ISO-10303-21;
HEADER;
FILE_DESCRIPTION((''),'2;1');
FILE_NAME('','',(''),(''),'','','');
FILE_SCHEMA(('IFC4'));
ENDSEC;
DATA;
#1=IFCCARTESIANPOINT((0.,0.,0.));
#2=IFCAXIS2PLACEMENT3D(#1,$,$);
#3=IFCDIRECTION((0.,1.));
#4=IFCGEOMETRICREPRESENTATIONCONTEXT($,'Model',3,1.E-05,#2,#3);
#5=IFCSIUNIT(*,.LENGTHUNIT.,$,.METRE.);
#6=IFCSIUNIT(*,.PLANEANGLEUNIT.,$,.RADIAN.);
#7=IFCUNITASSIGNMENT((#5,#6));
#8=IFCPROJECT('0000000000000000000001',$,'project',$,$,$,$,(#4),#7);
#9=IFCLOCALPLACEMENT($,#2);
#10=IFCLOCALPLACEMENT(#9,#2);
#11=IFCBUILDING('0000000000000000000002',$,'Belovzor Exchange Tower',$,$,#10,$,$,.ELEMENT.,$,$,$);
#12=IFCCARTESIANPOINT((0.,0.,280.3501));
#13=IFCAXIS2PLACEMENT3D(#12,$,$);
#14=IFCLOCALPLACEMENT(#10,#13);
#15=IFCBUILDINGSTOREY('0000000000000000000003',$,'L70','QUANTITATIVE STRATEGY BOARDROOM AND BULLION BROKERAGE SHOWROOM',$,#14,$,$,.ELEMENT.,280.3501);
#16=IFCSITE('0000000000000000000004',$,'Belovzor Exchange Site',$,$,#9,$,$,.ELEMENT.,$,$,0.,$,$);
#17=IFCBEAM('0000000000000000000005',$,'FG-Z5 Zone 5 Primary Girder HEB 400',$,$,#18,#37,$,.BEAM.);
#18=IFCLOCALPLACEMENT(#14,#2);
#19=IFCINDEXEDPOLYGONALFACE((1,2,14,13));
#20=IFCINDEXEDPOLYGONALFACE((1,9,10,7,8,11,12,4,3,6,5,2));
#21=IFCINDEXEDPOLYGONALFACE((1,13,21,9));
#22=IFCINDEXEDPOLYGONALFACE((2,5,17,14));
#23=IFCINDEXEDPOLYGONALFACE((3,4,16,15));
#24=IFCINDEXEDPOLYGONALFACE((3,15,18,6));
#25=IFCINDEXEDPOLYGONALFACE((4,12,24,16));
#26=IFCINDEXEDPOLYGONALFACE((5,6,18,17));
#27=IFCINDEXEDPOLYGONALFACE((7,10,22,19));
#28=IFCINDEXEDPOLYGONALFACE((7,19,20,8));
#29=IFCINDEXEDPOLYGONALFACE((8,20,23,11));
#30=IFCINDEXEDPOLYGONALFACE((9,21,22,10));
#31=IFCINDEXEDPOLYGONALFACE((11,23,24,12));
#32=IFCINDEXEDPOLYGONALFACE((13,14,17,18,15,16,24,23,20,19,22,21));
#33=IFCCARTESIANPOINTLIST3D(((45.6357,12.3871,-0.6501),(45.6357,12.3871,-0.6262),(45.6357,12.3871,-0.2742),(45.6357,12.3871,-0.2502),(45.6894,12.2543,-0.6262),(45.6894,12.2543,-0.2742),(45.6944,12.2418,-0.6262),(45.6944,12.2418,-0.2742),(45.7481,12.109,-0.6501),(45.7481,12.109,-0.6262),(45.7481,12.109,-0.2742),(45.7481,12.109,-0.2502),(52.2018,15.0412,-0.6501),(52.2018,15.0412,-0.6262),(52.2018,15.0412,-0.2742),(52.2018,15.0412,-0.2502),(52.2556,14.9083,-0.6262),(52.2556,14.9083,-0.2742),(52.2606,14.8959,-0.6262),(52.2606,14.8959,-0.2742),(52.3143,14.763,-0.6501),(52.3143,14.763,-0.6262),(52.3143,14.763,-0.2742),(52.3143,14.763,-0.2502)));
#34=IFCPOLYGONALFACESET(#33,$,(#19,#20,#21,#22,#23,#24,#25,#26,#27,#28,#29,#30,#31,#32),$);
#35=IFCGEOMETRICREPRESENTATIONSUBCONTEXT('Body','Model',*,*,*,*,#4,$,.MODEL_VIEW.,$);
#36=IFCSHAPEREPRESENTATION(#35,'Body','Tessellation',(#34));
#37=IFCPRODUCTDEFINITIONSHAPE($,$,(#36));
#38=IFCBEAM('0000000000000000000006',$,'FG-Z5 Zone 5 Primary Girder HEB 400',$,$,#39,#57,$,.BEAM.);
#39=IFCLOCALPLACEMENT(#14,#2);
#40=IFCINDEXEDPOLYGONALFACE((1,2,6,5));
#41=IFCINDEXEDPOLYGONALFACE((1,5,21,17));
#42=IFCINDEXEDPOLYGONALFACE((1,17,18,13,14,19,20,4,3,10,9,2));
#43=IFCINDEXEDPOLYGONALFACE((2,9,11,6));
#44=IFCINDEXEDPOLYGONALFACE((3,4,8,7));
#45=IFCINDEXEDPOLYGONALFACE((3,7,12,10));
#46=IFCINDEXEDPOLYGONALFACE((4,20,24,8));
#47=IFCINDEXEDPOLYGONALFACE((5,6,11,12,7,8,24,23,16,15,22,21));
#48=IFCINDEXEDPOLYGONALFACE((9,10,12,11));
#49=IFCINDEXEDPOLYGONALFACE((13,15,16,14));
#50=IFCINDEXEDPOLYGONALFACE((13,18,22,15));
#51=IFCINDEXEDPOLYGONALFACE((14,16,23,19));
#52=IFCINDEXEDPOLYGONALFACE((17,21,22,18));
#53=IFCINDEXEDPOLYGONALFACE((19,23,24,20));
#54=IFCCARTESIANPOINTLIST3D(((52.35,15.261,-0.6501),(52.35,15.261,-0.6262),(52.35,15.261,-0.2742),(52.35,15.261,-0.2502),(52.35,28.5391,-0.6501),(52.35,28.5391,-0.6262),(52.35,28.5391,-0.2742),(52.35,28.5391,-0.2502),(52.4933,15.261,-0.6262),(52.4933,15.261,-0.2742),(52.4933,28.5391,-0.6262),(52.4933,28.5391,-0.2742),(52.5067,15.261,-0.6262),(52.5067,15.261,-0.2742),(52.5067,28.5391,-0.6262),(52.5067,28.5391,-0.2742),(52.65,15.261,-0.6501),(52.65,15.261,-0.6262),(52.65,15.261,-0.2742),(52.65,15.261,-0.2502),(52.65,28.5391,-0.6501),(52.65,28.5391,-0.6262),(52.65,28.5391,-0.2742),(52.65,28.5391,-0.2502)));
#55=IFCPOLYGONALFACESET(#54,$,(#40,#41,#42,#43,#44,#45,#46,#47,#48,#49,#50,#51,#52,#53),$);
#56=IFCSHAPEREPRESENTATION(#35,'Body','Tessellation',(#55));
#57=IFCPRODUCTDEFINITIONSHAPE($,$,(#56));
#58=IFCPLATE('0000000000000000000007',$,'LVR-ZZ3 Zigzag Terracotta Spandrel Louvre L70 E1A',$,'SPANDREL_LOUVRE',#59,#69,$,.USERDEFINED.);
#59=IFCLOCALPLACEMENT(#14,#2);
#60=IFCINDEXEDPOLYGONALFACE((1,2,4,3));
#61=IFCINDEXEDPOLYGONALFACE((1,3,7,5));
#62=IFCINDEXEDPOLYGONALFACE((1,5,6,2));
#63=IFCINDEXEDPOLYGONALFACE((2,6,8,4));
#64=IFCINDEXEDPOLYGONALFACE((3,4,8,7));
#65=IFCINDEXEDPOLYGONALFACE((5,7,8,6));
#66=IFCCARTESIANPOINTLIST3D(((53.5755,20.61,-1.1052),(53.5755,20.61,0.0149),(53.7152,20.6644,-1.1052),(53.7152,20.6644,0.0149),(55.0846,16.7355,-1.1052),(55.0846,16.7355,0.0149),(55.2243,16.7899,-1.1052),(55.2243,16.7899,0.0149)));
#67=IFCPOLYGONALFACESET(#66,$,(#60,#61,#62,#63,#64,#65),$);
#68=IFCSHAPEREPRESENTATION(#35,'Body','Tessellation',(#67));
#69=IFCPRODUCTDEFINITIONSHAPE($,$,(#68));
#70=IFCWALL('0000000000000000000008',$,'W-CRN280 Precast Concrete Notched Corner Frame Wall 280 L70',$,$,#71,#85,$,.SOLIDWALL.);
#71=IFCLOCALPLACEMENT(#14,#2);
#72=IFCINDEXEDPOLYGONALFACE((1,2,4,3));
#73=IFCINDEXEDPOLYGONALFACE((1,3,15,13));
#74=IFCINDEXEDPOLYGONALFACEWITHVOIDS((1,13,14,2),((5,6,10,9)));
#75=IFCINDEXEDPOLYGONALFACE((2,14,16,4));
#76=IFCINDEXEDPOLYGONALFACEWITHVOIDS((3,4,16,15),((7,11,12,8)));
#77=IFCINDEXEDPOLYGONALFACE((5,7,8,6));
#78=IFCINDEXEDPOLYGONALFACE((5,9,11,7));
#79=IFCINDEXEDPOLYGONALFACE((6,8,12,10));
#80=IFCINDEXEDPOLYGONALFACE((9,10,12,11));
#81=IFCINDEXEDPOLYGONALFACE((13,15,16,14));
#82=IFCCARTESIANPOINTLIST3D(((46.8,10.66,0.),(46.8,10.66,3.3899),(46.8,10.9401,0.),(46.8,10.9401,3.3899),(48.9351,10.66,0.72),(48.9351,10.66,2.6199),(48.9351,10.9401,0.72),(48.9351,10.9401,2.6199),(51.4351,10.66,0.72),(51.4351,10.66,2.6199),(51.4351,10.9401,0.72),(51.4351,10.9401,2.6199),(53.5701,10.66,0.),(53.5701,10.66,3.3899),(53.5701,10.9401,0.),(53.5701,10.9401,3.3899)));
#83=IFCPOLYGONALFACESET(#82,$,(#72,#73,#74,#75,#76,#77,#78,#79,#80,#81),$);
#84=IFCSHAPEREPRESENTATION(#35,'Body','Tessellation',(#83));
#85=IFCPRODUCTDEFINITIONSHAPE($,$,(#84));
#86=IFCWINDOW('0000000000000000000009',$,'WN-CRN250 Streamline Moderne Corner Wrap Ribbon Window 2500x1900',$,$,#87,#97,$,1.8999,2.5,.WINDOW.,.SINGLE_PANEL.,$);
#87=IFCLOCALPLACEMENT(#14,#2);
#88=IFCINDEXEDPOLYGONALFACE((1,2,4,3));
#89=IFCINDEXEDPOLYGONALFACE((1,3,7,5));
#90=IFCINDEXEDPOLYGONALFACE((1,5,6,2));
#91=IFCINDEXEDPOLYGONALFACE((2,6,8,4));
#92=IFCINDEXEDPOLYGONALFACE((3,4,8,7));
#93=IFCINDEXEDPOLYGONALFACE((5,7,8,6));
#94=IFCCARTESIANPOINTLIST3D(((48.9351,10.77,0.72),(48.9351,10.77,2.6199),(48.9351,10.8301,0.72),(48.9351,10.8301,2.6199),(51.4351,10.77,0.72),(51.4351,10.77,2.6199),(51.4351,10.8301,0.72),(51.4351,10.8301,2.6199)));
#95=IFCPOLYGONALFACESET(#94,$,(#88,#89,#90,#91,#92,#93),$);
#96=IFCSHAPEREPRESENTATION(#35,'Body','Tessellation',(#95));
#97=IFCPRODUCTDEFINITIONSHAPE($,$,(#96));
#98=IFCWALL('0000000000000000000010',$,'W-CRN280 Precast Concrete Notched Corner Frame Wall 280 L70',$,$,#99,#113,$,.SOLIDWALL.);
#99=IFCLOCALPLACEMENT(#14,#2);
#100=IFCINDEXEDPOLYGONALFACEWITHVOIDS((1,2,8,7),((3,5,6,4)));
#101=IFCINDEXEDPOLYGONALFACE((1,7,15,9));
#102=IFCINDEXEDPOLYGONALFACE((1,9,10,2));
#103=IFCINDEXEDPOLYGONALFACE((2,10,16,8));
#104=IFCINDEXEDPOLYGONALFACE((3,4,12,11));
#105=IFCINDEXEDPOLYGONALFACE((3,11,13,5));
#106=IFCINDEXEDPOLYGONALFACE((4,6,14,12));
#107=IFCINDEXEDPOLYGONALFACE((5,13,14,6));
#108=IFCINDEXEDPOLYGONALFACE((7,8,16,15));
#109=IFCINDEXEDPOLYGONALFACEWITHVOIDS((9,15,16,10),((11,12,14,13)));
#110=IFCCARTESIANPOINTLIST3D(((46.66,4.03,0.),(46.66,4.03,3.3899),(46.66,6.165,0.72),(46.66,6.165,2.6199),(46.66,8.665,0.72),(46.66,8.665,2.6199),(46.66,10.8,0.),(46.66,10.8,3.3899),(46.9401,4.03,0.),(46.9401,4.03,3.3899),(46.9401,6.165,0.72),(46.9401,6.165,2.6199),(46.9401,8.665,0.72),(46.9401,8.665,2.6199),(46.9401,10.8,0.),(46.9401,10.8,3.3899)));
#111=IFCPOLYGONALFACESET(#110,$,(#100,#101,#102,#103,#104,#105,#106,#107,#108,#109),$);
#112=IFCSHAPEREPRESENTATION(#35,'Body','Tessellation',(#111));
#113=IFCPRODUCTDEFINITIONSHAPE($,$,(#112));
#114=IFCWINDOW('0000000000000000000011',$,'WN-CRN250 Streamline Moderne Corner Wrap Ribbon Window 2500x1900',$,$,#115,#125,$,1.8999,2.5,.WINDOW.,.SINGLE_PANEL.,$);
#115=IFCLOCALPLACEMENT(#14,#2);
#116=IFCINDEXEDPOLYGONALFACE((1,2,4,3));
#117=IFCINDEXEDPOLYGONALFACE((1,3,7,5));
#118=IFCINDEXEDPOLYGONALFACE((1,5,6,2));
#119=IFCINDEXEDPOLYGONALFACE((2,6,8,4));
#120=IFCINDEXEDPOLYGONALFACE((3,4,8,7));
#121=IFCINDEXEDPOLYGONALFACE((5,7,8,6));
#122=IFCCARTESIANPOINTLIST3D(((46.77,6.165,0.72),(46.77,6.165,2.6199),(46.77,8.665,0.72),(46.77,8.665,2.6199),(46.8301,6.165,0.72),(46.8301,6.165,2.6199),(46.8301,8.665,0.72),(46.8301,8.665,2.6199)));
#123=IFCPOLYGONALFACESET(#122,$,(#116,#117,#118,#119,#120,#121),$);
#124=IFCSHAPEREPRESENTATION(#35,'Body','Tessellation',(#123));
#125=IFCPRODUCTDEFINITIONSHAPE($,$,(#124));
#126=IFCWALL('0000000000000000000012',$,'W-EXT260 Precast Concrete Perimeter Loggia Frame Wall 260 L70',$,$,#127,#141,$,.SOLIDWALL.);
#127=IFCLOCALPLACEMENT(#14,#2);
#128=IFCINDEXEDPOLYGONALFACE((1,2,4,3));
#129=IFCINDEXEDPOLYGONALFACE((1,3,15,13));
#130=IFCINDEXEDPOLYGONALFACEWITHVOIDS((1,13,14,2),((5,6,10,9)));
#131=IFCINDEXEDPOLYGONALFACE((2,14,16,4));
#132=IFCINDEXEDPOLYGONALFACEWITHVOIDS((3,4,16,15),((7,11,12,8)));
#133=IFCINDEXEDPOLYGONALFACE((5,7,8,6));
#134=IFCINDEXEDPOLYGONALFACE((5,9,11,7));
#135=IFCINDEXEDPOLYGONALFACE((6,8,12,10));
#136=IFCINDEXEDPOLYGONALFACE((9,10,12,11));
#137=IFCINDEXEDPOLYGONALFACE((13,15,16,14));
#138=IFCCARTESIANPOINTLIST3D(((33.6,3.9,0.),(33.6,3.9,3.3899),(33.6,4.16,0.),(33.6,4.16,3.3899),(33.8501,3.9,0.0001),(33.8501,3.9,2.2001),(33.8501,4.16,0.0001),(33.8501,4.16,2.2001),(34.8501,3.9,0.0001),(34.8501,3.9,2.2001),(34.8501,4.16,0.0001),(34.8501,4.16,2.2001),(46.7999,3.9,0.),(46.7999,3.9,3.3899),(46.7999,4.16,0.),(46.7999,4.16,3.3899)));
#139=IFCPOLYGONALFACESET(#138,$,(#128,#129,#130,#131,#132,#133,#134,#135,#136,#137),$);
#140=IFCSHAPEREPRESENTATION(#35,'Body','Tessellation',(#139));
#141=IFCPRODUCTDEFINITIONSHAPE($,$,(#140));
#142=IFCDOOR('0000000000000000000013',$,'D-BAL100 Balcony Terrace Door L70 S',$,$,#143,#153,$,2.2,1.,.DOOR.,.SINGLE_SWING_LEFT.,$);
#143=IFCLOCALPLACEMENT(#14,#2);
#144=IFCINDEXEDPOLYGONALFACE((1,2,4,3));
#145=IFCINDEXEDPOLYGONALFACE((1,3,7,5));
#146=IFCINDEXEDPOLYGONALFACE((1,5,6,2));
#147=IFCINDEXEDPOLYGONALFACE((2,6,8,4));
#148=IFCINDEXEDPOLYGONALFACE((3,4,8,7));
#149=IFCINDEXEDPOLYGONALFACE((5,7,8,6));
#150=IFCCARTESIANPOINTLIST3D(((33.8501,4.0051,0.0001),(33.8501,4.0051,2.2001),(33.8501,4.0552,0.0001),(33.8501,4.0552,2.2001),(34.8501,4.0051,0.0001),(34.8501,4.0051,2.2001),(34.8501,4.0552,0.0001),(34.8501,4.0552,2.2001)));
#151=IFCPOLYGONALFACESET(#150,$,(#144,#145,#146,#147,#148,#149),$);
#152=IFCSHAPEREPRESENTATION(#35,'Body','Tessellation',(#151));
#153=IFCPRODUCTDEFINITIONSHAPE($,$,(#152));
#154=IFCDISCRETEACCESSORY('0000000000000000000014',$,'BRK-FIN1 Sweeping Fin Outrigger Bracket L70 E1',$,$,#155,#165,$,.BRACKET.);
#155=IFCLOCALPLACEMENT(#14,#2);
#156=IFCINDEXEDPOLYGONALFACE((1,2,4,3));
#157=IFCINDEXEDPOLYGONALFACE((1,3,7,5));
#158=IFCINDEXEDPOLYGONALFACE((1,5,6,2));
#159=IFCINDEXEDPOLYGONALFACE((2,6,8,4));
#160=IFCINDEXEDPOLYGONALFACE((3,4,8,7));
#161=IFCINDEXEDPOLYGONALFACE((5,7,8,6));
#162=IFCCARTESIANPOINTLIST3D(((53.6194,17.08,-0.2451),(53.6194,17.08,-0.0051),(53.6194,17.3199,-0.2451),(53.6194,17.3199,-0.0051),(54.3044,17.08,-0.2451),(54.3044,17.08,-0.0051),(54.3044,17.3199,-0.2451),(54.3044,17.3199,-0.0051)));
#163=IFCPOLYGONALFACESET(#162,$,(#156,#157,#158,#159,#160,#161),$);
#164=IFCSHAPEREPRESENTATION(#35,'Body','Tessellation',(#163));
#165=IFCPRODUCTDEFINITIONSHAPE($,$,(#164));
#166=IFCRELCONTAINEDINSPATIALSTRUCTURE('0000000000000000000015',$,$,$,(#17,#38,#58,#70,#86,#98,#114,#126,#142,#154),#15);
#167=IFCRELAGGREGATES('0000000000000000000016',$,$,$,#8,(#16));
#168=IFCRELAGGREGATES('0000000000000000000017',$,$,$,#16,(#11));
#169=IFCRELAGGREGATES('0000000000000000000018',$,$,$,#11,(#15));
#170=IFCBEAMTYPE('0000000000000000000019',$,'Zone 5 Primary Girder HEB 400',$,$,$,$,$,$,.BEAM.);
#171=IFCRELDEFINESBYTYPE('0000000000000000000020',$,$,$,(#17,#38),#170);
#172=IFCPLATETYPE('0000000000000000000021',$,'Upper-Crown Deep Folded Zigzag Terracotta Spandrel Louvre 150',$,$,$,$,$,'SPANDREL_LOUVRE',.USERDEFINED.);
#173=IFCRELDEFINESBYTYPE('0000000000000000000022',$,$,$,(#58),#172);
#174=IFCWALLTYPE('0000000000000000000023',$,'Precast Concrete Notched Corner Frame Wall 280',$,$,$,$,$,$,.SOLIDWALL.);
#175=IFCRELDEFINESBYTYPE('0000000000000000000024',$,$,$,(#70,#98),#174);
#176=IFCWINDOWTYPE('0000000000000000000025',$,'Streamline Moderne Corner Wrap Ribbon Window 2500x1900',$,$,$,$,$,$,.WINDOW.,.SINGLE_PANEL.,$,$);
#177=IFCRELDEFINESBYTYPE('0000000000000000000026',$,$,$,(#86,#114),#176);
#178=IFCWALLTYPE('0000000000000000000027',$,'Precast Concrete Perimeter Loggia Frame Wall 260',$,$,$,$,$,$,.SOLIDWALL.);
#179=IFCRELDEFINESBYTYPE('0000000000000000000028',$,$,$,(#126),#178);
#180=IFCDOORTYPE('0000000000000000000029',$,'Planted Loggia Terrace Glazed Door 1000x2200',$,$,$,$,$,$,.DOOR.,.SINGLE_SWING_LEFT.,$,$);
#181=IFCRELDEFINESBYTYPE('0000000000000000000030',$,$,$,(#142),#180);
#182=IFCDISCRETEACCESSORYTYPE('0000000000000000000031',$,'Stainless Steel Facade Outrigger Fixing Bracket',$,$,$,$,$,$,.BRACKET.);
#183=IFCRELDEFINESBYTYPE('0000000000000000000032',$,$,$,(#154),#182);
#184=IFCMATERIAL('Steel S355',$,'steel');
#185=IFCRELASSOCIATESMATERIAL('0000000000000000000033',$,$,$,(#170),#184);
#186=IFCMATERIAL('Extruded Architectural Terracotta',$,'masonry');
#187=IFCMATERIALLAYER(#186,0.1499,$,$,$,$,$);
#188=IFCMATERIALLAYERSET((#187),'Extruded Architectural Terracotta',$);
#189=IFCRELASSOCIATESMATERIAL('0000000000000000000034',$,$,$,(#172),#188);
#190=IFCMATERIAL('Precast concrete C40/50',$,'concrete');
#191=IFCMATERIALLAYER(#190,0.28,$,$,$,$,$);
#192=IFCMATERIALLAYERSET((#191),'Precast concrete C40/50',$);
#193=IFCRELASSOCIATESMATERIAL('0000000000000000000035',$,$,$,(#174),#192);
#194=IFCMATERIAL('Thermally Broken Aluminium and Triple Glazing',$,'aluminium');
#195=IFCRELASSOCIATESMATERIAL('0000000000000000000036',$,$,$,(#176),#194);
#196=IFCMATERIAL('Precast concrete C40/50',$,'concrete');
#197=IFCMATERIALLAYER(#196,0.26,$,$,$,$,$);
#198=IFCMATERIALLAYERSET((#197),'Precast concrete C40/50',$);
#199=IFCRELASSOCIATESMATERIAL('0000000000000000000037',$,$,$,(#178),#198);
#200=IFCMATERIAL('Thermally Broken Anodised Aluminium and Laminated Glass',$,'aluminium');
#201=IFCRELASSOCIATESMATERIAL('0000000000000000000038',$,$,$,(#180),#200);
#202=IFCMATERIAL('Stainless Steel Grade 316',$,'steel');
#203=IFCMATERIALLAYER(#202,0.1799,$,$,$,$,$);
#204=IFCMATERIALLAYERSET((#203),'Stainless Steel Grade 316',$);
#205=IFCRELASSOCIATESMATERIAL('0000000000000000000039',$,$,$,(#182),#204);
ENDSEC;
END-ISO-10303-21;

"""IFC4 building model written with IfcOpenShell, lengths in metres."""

from ifc_helpers import new_model, si_unit, direction, frame, frame_2d, origin, origin_2d, place, context, subcontext, project, spatial, rectangle, i_section, extrude, material, layer, layer_set, material_profile, profile_set, type_object, element, fill, save


model = new_model("IFC4")

# Units and contexts
model_context = context("Model", 3, precision=1e-05, world=origin(), true_north=direction((0.0, 1.0)))
body_context = subcontext(model_context, "Body", "Model", "MODEL_VIEW")
ifc_project = project(units=[si_unit("LENGTHUNIT", "METRE"), si_unit("PLANEANGLEUNIT", "RADIAN")], contexts=[model_context])

# Site, building, storey
site_placement = place(None, origin())
site = spatial("IfcSite", under=ifc_project, at=site_placement, Name="Belovzor Exchange Site", CompositionType="ELEMENT", RefElevation=0.0)
building_placement = place(site_placement, origin())
building = spatial("IfcBuilding", under=site, at=building_placement, Name="Belovzor Exchange Tower", CompositionType="ELEMENT")
storey_placement = place(building_placement, frame((0.0, 0.0, 280.3501)))
storey = spatial("IfcBuildingStorey", under=building, at=storey_placement, Name="L70", Description="QUANTITATIVE STRATEGY BOARDROOM AND BULLION BROKERAGE SHOWROOM", CompositionType="ELEMENT", Elevation=280.3501)

# Beams
ifc_material_1 = material(Name="Steel S355", Category="steel")
ifc_material_profile_1 = material_profile(ifc_material_1, i_section(OverallWidth=0.3, OverallDepth=0.3999, WebThickness=0.0134, FlangeThickness=0.0239, at=origin_2d()))
ifc_profile_set_1 = profile_set([ifc_material_profile_1], Name="Steel S355")
beam_type_1 = type_object("IfcBeamType", Name="Zone 5 Primary Girder HEB 400", PredefinedType="BEAM", material=ifc_profile_set_1)
beam_1_placement = place(storey_placement, frame((45.6919, 12.248, -0.4502), z_axis=(0.927127, 0.374746, 0.0), x_axis=(-0.374746, 0.927127, 0.0)))
element("IfcBeam", 1, at=beam_1_placement, inside=storey, type_object=beam_type_1, Name="FG-Z5 Zone 5 Primary Girder HEB 400", PredefinedType="BEAM", context=body_context, shape_type="SweptSolid", body=[
    extrude(i_section(OverallWidth=0.3, OverallDepth=0.3999, WebThickness=0.0134, FlangeThickness=0.0239, at=origin_2d()), origin(), (0.0, 0.0, 1.0), 7.0823),
])
beam_2_placement = place(storey_placement, frame((52.5, 15.261, -0.4502), z_axis=(0.0, 1.0, 0.0), x_axis=(-1.0, 0.0, 0.0)))
element("IfcBeam", 2, at=beam_2_placement, inside=storey, type_object=beam_type_1, Name="FG-Z5 Zone 5 Primary Girder HEB 400", PredefinedType="BEAM", context=body_context, shape_type="SweptSolid", body=[
    extrude(i_section(OverallWidth=0.3, OverallDepth=0.3999, WebThickness=0.0134, FlangeThickness=0.0239, at=origin_2d()), origin(), (0.0, 0.0, 1.0), 13.2781),
])

# Plate
ifc_material_2 = material(Name="Extruded Architectural Terracotta", Category="masonry")
ifc_layer_1 = layer(ifc_material_2, 0.1499)
ifc_layer_set_1 = layer_set([ifc_layer_1], Name="Extruded Architectural Terracotta")
plate_type = type_object("IfcPlateType", Name="Upper-Crown Deep Folded Zigzag Terracotta Spandrel Louvre 150", ElementType="SPANDREL_LOUVRE", PredefinedType="USERDEFINED", material=ifc_layer_set_1)
plate_placement = place(storey_placement, frame((54.3999, 18.7, -1.1052), z_axis=(0.0, 0.0, 1.0), x_axis=(-0.362926, 0.931818, 0.0)))
element("IfcPlate", 3, at=plate_placement, inside=storey, type_object=plate_type, Name="LVR-ZZ3 Zigzag Terracotta Spandrel Louvre L70 E1A", ObjectType="SPANDREL_LOUVRE", PredefinedType="USERDEFINED", context=body_context, shape_type="SweptSolid", body=[
    extrude(rectangle(XDim=4.158, YDim=0.1499, at=origin_2d()), origin(), (0.0, 0.0, 1.0), 1.1201),
])

# Walls, openings, windows
ifc_material_3 = material(Name="Precast concrete C40/50", Category="concrete")
ifc_layer_2 = layer(ifc_material_3, 0.28)
ifc_layer_set_2 = layer_set([ifc_layer_2], Name="Precast concrete C40/50")
wall_type_1 = type_object("IfcWallType", Name="Precast Concrete Notched Corner Frame Wall 280", PredefinedType="SOLIDWALL", material=ifc_layer_set_2)
wall_1_placement = place(storey_placement, frame((53.5701, 10.8, 0.0), z_axis=(0.0, 0.0, 1.0), x_axis=(-1.0, 0.0, 0.0)))
wall_1 = element("IfcWall", 4, at=wall_1_placement, inside=storey, type_object=wall_type_1, Name="W-CRN280 Precast Concrete Notched Corner Frame Wall 280 L70", PredefinedType="SOLIDWALL", context=body_context, shape_type="SweptSolid", body=[
    extrude(rectangle(XDim=6.77, YDim=0.28, at=frame_2d((3.385, 0.0))), origin(), (0.0, 0.0, 1.0), 3.3899),
])
opening_1_placement = place(wall_1_placement, frame((2.135, 0.0, 0.72)))
opening_1 = element("IfcOpeningElement", 5, at=opening_1_placement, cuts=wall_1, PredefinedType="OPENING", context=body_context, shape_type="SweptSolid", body=[
    extrude(rectangle(XDim=2.5, YDim=1.8999, at=frame_2d((1.25, 0.95))), frame((0.0, 0.1499, 0.0), z_axis=(0.0, -1.0, 0.0), x_axis=(1.0, 0.0, 0.0)), (0.0, 0.0, 1.0), 0.3),
])
ifc_material_4 = material(Name="Thermally Broken Aluminium and Triple Glazing", Category="aluminium")
window_type = type_object("IfcWindowType", Name="Streamline Moderne Corner Wrap Ribbon Window 2500x1900", PartitioningType="SINGLE_PANEL", PredefinedType="WINDOW", material=ifc_material_4)
window_1_placement = place(opening_1_placement, origin())
window_1 = element("IfcWindow", 6, at=window_1_placement, inside=storey, type_object=window_type, Name="WN-CRN250 Streamline Moderne Corner Wrap Ribbon Window 2500x1900", OverallHeight=1.8999, OverallWidth=2.5, PartitioningType="SINGLE_PANEL", PredefinedType="WINDOW", context=body_context, shape_type="SweptSolid", body=[
    extrude(rectangle(XDim=2.5, YDim=1.8999, at=frame_2d((1.25, 0.95))), frame((0.0, 0.03, 0.0), z_axis=(0.0, -1.0, 0.0), x_axis=(1.0, 0.0, 0.0)), (0.0, 0.0, 1.0), 0.0601),
])
fill(opening_1, window_1)
wall_2_placement = place(storey_placement, frame((46.8, 10.8, 0.0), z_axis=(0.0, 0.0, 1.0), x_axis=(0.0, -1.0, 0.0)))
wall_2 = element("IfcWall", 7, at=wall_2_placement, inside=storey, type_object=wall_type_1, Name="W-CRN280 Precast Concrete Notched Corner Frame Wall 280 L70", PredefinedType="SOLIDWALL", context=body_context, shape_type="SweptSolid", body=[
    extrude(rectangle(XDim=6.77, YDim=0.28, at=frame_2d((3.385, 0.0))), origin(), (0.0, 0.0, 1.0), 3.3899),
])
opening_2_placement = place(wall_2_placement, frame((2.135, 0.0, 0.72)))
opening_2 = element("IfcOpeningElement", 8, at=opening_2_placement, cuts=wall_2, PredefinedType="OPENING", context=body_context, shape_type="SweptSolid", body=[
    extrude(rectangle(XDim=2.5, YDim=1.8999, at=frame_2d((1.25, 0.95))), frame((0.0, 0.1499, 0.0), z_axis=(0.0, -1.0, 0.0), x_axis=(1.0, 0.0, 0.0)), (0.0, 0.0, 1.0), 0.3),
])
window_2_placement = place(opening_2_placement, origin())
window_2 = element("IfcWindow", 9, at=window_2_placement, inside=storey, type_object=window_type, Name="WN-CRN250 Streamline Moderne Corner Wrap Ribbon Window 2500x1900", OverallHeight=1.8999, OverallWidth=2.5, PartitioningType="SINGLE_PANEL", PredefinedType="WINDOW", context=body_context, shape_type="SweptSolid", body=[
    extrude(rectangle(XDim=2.5, YDim=1.8999, at=frame_2d((1.25, 0.95))), frame((0.0, 0.03, 0.0), z_axis=(0.0, -1.0, 0.0), x_axis=(1.0, 0.0, 0.0)), (0.0, 0.0, 1.0), 0.0601),
])
fill(opening_2, window_2)

# Wall, opening, door
ifc_material_5 = material(Name="Precast concrete C40/50", Category="concrete")
ifc_layer_3 = layer(ifc_material_5, 0.26)
ifc_layer_set_3 = layer_set([ifc_layer_3], Name="Precast concrete C40/50")
wall_type_2 = type_object("IfcWallType", Name="Precast Concrete Perimeter Loggia Frame Wall 260", PredefinedType="SOLIDWALL", material=ifc_layer_set_3)
wall_3_placement = place(storey_placement, frame((46.8, 4.03, 0.0), z_axis=(0.0, 0.0, 1.0), x_axis=(-1.0, 0.0, 0.0)))
wall_3 = element("IfcWall", 10, at=wall_3_placement, inside=storey, type_object=wall_type_2, Name="W-EXT260 Precast Concrete Perimeter Loggia Frame Wall 260 L70", PredefinedType="SOLIDWALL", context=body_context, shape_type="SweptSolid", body=[
    extrude(rectangle(XDim=13.2, YDim=0.26, at=frame_2d((6.6001, 0.0))), origin(), (0.0, 0.0, 1.0), 3.3899),
])
opening_3_placement = place(wall_3_placement, frame((11.95, 0.0, 0.0)))
opening_3 = element("IfcOpeningElement", 11, at=opening_3_placement, cuts=wall_3, PredefinedType="OPENING", context=body_context, shape_type="SweptSolid", body=[
    extrude(rectangle(XDim=1.0, YDim=2.2, at=frame_2d((0.5, 1.1001))), frame((0.0, 0.1399, 0.0), z_axis=(0.0, -1.0, 0.0), x_axis=(1.0, 0.0, 0.0)), (0.0, 0.0, 1.0), 0.28),
])
ifc_material_6 = material(Name="Thermally Broken Anodised Aluminium and Laminated Glass", Category="aluminium")
door_type = type_object("IfcDoorType", Name="Planted Loggia Terrace Glazed Door 1000x2200", OperationType="SINGLE_SWING_LEFT", PredefinedType="DOOR", material=ifc_material_6)
door_placement = place(opening_3_placement, origin())
door = element("IfcDoor", 12, at=door_placement, inside=storey, type_object=door_type, Name="D-BAL100 Balcony Terrace Door L70 S", OperationType="SINGLE_SWING_LEFT", OverallHeight=2.2, OverallWidth=1.0, PredefinedType="DOOR", context=body_context, shape_type="SweptSolid", body=[
    extrude(rectangle(XDim=1.0, YDim=2.2, at=frame_2d((0.5, 1.1001))), frame((0.0, 0.0249, 0.0), z_axis=(0.0, -1.0, 0.0), x_axis=(1.0, 0.0, 0.0)), (0.0, 0.0, 1.0), 0.05),
])
fill(opening_3, door)

# Discrete accessory
ifc_material_7 = material(Name="Stainless Steel Grade 316", Category="steel")
ifc_layer_4 = layer(ifc_material_7, 0.1799)
ifc_layer_set_4 = layer_set([ifc_layer_4], Name="Stainless Steel Grade 316")
discrete_accessory_type = type_object("IfcDiscreteAccessoryType", Name="Stainless Steel Facade Outrigger Fixing Bracket", PredefinedType="BRACKET", material=ifc_layer_set_4)
for number, where, z_axis, x_axis, name in (
    (13, (53.9619, 17.2, -0.2451), (0.0, 0.0, 1.0), (1.0, 0.0, 0.0), "BRK-FIN1 Sweeping Fin Outrigger Bracket L70 E1"),
):
    element("IfcDiscreteAccessory", number, at=place(storey_placement, frame(where, z_axis=z_axis, x_axis=x_axis)), inside=storey, type_object=discrete_accessory_type, Name=name, PredefinedType="BRACKET", context=body_context, shape_type="SweptSolid", body=[
        extrude(rectangle(XDim=0.6851, YDim=0.24, at=origin_2d()), origin(), (0.0, 0.0, 1.0), 0.24),
    ])

save(model, "model.ifc")
